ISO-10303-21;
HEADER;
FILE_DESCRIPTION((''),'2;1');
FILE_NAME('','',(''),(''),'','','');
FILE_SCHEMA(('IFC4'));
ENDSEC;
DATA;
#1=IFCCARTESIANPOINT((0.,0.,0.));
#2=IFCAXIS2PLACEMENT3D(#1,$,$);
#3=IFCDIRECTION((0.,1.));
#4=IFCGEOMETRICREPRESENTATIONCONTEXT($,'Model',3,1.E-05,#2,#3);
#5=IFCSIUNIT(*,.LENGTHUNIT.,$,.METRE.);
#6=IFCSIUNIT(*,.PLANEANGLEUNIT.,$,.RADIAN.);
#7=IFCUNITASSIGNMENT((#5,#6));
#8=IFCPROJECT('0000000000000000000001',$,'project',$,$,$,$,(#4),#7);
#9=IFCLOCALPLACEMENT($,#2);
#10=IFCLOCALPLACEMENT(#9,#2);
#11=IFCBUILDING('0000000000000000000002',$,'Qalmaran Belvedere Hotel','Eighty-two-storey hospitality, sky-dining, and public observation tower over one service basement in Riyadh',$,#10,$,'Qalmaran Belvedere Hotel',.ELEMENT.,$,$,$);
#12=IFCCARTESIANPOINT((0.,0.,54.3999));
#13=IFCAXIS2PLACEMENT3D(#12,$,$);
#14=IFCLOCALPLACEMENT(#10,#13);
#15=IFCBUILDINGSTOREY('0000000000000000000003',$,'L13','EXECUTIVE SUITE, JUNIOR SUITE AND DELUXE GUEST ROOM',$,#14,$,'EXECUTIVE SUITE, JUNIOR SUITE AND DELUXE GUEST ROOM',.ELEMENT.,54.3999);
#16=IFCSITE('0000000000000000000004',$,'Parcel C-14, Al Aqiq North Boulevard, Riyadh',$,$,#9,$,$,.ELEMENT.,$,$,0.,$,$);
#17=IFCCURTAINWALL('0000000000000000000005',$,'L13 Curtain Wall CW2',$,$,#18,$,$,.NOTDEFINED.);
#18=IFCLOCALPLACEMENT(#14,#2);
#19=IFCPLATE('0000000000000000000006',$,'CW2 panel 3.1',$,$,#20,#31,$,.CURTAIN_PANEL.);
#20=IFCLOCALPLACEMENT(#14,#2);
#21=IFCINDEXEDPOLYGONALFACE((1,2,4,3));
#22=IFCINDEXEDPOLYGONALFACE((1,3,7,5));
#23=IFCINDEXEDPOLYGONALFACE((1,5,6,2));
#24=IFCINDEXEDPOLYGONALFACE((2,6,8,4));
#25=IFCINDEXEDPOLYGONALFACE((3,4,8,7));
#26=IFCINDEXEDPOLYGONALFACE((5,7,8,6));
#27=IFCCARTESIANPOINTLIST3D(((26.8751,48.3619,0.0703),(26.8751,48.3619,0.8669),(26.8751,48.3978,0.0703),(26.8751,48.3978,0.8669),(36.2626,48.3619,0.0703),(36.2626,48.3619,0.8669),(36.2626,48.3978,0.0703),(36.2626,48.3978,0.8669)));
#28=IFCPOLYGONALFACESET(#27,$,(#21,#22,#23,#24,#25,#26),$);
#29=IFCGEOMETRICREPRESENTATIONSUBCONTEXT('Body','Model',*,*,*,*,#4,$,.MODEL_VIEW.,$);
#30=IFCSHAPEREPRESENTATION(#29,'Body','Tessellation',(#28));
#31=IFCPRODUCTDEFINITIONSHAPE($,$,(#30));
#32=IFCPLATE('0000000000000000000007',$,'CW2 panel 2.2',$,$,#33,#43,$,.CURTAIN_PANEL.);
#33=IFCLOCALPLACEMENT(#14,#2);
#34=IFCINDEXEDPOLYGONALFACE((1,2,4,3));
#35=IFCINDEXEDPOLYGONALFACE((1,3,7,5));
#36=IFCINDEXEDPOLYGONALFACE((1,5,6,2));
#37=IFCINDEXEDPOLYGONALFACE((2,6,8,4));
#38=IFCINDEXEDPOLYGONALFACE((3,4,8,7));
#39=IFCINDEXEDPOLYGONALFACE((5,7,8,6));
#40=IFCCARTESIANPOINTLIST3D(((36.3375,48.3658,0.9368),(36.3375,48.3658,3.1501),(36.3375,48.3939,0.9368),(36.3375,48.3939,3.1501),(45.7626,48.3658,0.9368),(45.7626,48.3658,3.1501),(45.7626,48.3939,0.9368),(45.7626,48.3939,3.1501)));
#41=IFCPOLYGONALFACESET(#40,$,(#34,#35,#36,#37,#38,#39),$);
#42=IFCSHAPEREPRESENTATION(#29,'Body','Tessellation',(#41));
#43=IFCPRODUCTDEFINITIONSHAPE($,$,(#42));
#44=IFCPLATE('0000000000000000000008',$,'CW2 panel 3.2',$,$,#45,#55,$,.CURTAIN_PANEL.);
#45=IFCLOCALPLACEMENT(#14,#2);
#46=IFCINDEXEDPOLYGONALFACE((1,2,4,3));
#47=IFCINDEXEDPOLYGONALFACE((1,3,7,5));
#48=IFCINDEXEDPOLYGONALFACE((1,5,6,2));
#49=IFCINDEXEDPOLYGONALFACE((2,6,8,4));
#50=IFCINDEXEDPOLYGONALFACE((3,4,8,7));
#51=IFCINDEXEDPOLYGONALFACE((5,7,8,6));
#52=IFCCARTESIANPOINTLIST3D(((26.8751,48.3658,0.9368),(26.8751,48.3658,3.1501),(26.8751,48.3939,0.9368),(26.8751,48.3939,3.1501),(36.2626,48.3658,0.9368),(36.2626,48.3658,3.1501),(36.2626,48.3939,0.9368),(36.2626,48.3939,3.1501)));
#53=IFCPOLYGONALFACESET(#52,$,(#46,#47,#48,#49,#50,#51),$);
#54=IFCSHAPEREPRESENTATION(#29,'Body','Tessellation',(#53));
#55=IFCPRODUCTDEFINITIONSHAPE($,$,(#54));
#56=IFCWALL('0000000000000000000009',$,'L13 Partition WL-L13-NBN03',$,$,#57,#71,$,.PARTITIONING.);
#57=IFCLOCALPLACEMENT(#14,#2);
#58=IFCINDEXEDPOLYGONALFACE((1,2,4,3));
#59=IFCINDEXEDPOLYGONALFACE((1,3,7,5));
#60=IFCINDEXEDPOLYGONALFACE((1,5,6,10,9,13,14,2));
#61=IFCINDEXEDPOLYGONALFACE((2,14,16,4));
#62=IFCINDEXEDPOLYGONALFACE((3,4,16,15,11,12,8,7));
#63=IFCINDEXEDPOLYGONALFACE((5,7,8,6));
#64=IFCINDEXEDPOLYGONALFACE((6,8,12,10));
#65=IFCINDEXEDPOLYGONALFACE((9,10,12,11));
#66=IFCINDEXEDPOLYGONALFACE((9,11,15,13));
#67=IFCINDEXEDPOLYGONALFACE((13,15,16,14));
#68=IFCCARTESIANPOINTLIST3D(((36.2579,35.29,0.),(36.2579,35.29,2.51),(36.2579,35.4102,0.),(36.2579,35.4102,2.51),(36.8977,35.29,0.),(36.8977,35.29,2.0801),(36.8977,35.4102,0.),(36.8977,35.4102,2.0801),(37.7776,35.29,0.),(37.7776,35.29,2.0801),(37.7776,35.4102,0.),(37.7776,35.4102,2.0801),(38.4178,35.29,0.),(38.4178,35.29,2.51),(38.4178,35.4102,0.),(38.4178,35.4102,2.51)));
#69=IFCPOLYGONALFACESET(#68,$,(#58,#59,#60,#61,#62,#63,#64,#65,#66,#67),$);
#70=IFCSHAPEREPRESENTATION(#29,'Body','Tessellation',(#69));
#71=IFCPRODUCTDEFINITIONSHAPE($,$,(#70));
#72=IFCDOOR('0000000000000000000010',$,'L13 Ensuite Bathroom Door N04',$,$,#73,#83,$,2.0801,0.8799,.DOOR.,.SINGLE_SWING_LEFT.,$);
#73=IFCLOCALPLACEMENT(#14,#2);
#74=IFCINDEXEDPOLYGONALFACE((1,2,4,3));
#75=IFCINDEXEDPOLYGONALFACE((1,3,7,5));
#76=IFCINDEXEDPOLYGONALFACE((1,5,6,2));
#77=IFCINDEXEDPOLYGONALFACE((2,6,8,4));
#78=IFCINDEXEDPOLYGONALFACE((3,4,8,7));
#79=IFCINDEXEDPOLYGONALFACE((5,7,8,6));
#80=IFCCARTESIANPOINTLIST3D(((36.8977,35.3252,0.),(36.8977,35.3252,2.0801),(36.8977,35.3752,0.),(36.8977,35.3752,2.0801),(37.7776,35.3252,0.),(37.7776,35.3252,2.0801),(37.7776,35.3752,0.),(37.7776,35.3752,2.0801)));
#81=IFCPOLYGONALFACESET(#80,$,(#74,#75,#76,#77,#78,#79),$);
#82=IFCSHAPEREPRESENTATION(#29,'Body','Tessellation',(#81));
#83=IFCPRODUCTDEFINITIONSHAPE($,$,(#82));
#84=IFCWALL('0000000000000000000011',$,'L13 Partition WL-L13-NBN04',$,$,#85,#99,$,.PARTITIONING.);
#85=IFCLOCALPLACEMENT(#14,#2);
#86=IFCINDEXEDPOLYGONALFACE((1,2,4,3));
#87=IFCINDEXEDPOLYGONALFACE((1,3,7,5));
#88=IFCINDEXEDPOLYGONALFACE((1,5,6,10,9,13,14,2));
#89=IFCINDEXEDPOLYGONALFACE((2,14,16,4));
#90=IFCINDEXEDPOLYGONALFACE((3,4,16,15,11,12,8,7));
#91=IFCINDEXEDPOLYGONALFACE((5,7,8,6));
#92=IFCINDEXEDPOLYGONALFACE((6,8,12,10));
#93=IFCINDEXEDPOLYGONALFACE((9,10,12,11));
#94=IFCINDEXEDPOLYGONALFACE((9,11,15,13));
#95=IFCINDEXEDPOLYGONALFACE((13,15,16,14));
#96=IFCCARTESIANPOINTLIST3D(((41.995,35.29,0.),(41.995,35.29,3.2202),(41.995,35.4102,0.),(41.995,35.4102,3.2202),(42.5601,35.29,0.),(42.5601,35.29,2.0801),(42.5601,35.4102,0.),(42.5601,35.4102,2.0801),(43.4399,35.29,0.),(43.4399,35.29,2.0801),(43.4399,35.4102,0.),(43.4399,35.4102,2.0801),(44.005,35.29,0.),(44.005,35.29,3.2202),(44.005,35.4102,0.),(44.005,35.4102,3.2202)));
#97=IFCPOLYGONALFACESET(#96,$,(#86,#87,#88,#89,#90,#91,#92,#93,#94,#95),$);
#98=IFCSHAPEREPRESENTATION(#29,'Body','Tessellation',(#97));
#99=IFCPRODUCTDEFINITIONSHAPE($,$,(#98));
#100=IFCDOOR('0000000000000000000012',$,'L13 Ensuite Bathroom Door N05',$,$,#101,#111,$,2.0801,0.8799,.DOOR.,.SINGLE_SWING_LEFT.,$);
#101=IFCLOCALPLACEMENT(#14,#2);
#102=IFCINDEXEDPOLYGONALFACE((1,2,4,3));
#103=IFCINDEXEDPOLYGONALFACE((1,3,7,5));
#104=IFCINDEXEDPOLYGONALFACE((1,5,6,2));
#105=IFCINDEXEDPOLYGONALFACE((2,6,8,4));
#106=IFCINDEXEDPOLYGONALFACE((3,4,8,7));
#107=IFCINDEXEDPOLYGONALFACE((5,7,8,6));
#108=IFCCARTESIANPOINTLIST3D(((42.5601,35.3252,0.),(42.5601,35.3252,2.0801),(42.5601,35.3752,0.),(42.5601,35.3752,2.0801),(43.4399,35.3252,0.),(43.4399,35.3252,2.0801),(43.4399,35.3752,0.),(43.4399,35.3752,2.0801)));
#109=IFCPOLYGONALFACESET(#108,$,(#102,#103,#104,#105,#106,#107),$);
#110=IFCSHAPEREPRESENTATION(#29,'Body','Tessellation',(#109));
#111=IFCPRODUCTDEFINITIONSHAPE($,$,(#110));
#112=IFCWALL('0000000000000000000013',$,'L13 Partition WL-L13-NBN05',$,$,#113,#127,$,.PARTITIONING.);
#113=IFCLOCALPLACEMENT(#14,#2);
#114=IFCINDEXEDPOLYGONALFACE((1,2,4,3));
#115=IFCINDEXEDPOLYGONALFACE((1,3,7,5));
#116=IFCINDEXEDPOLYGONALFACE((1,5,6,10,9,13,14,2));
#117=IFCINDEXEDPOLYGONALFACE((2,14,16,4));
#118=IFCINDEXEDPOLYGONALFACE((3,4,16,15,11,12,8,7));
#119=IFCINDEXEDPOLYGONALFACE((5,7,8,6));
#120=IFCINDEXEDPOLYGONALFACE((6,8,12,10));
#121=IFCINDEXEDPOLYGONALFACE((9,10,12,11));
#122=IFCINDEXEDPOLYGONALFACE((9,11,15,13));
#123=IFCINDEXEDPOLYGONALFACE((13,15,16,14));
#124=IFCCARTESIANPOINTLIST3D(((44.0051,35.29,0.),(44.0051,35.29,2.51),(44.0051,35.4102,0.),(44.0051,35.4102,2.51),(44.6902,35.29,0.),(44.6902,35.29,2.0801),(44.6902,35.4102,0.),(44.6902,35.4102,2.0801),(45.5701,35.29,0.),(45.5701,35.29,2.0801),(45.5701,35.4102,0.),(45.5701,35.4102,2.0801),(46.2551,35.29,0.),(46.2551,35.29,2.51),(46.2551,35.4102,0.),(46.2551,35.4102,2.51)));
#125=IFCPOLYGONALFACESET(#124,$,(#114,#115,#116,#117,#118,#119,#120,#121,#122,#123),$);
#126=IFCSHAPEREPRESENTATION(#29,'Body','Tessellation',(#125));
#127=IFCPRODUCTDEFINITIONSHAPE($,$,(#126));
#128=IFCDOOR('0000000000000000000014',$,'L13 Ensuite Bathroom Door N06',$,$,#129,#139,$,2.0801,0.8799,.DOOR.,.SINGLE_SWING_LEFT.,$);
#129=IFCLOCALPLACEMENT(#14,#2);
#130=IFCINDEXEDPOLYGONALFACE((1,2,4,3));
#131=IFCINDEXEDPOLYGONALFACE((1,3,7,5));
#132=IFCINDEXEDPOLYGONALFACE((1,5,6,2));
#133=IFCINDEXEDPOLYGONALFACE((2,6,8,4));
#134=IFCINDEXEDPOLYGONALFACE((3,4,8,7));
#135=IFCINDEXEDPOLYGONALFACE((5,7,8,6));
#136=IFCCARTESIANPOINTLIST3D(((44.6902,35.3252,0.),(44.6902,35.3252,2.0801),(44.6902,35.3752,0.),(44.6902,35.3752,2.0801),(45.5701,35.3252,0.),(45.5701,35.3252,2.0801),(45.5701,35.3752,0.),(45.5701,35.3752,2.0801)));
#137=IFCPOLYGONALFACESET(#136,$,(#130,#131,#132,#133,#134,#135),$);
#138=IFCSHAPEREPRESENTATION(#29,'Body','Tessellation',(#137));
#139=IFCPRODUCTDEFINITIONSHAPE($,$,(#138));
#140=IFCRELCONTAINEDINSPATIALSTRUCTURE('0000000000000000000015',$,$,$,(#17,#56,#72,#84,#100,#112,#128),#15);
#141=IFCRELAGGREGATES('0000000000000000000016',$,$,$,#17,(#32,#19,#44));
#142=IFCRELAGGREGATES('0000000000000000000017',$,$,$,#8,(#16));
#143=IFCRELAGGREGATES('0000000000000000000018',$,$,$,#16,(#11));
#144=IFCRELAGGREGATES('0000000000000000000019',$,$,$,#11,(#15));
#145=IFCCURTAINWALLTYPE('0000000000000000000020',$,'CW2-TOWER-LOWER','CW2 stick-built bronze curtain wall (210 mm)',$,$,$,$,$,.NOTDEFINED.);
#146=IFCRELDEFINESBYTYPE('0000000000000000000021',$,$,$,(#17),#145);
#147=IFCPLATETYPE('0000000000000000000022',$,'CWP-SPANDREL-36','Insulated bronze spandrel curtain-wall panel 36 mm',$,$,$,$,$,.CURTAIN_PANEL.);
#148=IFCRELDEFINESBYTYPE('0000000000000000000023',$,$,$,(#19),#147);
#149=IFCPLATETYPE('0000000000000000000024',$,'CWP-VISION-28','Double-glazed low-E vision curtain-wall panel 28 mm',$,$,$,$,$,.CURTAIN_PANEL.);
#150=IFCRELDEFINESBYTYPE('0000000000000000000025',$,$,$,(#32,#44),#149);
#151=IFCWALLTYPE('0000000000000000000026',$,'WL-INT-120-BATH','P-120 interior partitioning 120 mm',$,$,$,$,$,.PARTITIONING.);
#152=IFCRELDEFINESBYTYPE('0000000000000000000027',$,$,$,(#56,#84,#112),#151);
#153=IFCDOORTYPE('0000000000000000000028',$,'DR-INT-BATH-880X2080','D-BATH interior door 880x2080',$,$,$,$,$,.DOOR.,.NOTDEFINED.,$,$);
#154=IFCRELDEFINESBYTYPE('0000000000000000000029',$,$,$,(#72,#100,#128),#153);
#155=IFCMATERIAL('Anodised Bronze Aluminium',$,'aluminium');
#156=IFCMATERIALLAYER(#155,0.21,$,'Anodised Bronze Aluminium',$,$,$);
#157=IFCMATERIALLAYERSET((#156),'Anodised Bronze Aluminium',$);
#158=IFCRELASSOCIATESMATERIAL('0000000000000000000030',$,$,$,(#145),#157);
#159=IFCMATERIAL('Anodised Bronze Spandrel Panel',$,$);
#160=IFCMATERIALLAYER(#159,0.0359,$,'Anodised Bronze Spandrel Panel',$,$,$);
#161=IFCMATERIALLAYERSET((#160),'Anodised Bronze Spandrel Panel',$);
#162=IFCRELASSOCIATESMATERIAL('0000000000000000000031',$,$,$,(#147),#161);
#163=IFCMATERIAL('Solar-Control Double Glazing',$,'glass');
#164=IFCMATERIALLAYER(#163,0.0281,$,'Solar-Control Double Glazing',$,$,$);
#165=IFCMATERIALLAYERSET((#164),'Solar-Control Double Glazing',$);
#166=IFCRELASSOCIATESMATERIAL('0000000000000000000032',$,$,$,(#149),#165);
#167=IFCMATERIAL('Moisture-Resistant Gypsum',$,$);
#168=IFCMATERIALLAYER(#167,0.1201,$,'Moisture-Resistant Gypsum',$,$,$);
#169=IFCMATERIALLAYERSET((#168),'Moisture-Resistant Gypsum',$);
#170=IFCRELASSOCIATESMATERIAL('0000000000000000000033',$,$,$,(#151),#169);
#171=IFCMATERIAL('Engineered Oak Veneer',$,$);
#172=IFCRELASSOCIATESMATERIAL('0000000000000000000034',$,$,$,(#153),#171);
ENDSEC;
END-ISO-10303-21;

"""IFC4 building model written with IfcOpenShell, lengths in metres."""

from ifc_helpers import new_model, si_unit, direction, frame, frame_2d, origin, origin_2d, place, context, subcontext, project, spatial, rectangle, extrude, material, layer, layer_set, type_object, element, fill, aggregate, save


model = new_model("IFC4")

# Units and contexts
model_context = context("Model", 3, precision=1e-05, world=origin(), true_north=direction((0.0, 1.0)))
body_context = subcontext(model_context, "Body", "Model", "MODEL_VIEW")
ifc_project = project(units=[si_unit("LENGTHUNIT", "METRE"), si_unit("PLANEANGLEUNIT", "RADIAN")], contexts=[model_context])

# Site, building, storey
site_placement = place(None, origin())
site = spatial("IfcSite", under=ifc_project, at=site_placement, Name="Parcel C-14, Al Aqiq North Boulevard, Riyadh", CompositionType="ELEMENT", RefElevation=0.0)
building_placement = place(site_placement, origin())
building = spatial("IfcBuilding", under=site, at=building_placement, Name="Qalmaran Belvedere Hotel", Description="Eighty-two-storey hospitality, sky-dining, and public observation tower over one service basement in Riyadh", LongName="Qalmaran Belvedere Hotel", CompositionType="ELEMENT")
storey_placement = place(building_placement, frame((0.0, 0.0, 54.3999)))
storey = spatial("IfcBuildingStorey", under=building, at=storey_placement, Name="L13", Description="EXECUTIVE SUITE, JUNIOR SUITE AND DELUXE GUEST ROOM", LongName="EXECUTIVE SUITE, JUNIOR SUITE AND DELUXE GUEST ROOM", CompositionType="ELEMENT", Elevation=54.3999)

# Curtain wall, plates
ifc_material_1 = material(Name="Anodised Bronze Aluminium", Category="aluminium")
ifc_layer_1 = layer(ifc_material_1, 0.21, Name="Anodised Bronze Aluminium")
ifc_layer_set_1 = layer_set([ifc_layer_1], Name="Anodised Bronze Aluminium")
curtain_wall_type = type_object("IfcCurtainWallType", Name="CW2-TOWER-LOWER", Description="CW2 stick-built bronze curtain wall (210 mm)", PredefinedType="NOTDEFINED", material=ifc_layer_set_1)
curtain_wall_placement = place(storey_placement, origin())
curtain_wall = element("IfcCurtainWall", 1, at=curtain_wall_placement, inside=storey, type_object=curtain_wall_type, Name="L13 Curtain Wall CW2", PredefinedType="NOTDEFINED")
ifc_material_2 = material(Name="Anodised Bronze Spandrel Panel")
ifc_layer_2 = layer(ifc_material_2, 0.0359, Name="Anodised Bronze Spandrel Panel")
ifc_layer_set_2 = layer_set([ifc_layer_2], Name="Anodised Bronze Spandrel Panel")
plate_type_1 = type_object("IfcPlateType", Name="CWP-SPANDREL-36", Description="Insulated bronze spandrel curtain-wall panel 36 mm", PredefinedType="CURTAIN_PANEL", material=ifc_layer_set_2)
plate_1_placement = place(storey_placement, frame((31.5688, 48.3799, 0.0703), z_axis=(0.0, 0.0, 1.0), x_axis=(-1.0, 0.0, 0.0)))
plate_1 = element("IfcPlate", 2, at=plate_1_placement, type_object=plate_type_1, Name="CW2 panel 3.1", PredefinedType="CURTAIN_PANEL", context=body_context, shape_type="SweptSolid", body=[
    extrude(rectangle(XDim=9.3875, YDim=0.0359, at=origin_2d()), origin(), (0.0, 0.0, 1.0), 0.7966),
])
ifc_material_3 = material(Name="Solar-Control Double Glazing", Category="glass")
ifc_layer_3 = layer(ifc_material_3, 0.0281, Name="Solar-Control Double Glazing")
ifc_layer_set_3 = layer_set([ifc_layer_3], Name="Solar-Control Double Glazing")
plate_type_2 = type_object("IfcPlateType", Name="CWP-VISION-28", Description="Double-glazed low-E vision curtain-wall panel 28 mm", PredefinedType="CURTAIN_PANEL", material=ifc_layer_set_3)
plate_2_placement = place(storey_placement, frame((41.05, 48.3799, 0.9368), z_axis=(0.0, 0.0, 1.0), x_axis=(-1.0, 0.0, 0.0)))
plate_2 = element("IfcPlate", 3, at=plate_2_placement, type_object=plate_type_2, Name="CW2 panel 2.2", PredefinedType="CURTAIN_PANEL", context=body_context, shape_type="SweptSolid", body=[
    extrude(rectangle(XDim=9.425, YDim=0.0281, at=origin_2d()), origin(), (0.0, 0.0, 1.0), 2.2134),
])
plate_3_placement = place(storey_placement, frame((31.5688, 48.3799, 0.9368), z_axis=(0.0, 0.0, 1.0), x_axis=(-1.0, 0.0, 0.0)))
plate_3 = element("IfcPlate", 4, at=plate_3_placement, type_object=plate_type_2, Name="CW2 panel 3.2", PredefinedType="CURTAIN_PANEL", context=body_context, shape_type="SweptSolid", body=[
    extrude(rectangle(XDim=9.3875, YDim=0.0281, at=origin_2d()), origin(), (0.0, 0.0, 1.0), 2.2134),
])
aggregate(curtain_wall, [plate_2, plate_1, plate_3])

# Walls, openings, doors
ifc_material_4 = material(Name="Moisture-Resistant Gypsum")
ifc_layer_4 = layer(ifc_material_4, 0.1201, Name="Moisture-Resistant Gypsum")
ifc_layer_set_4 = layer_set([ifc_layer_4], Name="Moisture-Resistant Gypsum")
wall_type = type_object("IfcWallType", Name="WL-INT-120-BATH", Description="P-120 interior partitioning 120 mm", PredefinedType="PARTITIONING", material=ifc_layer_set_4)
wall_1_placement = place(storey_placement, frame((36.2578, 35.3501, 0.0), z_axis=(0.0, 0.0, 1.0), x_axis=(1.0, 0.0, 0.0)))
wall_1 = element("IfcWall", 5, at=wall_1_placement, inside=storey, type_object=wall_type, Name="L13 Partition WL-L13-NBN03", PredefinedType="PARTITIONING", context=body_context, shape_type="SweptSolid", body=[
    extrude(rectangle(XDim=2.1599, YDim=0.1201, at=frame_2d((1.0801, 0.0))), origin(), (0.0, 0.0, 1.0), 2.51),
])
opening_1_placement = place(wall_1_placement, frame((1.5198, 0.0, 0.0), z_axis=(0.0, 0.0, 1.0), x_axis=(-1.0, 0.0, 0.0)))
opening_1 = element("IfcOpeningElement", 6, at=opening_1_placement, cuts=wall_1, PredefinedType="OPENING", context=body_context, shape_type="SweptSolid", body=[
    extrude(rectangle(XDim=0.8799, YDim=2.0801, at=frame_2d((0.4399, 1.04))), frame((0.0, 0.0701, 0.0), z_axis=(0.0, -1.0, 0.0), x_axis=(1.0, 0.0, 0.0)), (0.0, 0.0, 1.0), 0.1401),
])
ifc_material_5 = material(Name="Engineered Oak Veneer")
door_type = type_object("IfcDoorType", Name="DR-INT-BATH-880X2080", Description="D-BATH interior door 880x2080", OperationType="NOTDEFINED", PredefinedType="DOOR", material=ifc_material_5)
door_1_placement = place(opening_1_placement, origin())
door_1 = element("IfcDoor", 7, at=door_1_placement, inside=storey, type_object=door_type, Name="L13 Ensuite Bathroom Door N04", OperationType="SINGLE_SWING_LEFT", OverallHeight=2.0801, OverallWidth=0.8799, PredefinedType="DOOR", context=body_context, shape_type="SweptSolid", body=[
    extrude(rectangle(XDim=0.8799, YDim=2.0801, at=frame_2d((0.4399, 1.04))), frame((0.0, 0.0249, 0.0), z_axis=(0.0, -1.0, 0.0), x_axis=(1.0, 0.0, 0.0)), (0.0, 0.0, 1.0), 0.05),
])
fill(opening_1, door_1)
wall_2_placement = place(storey_placement, frame((41.9951, 35.3501, 0.0), z_axis=(0.0, 0.0, 1.0), x_axis=(1.0, 0.0, 0.0)))
wall_2 = element("IfcWall", 8, at=wall_2_placement, inside=storey, type_object=wall_type, Name="L13 Partition WL-L13-NBN04", PredefinedType="PARTITIONING", context=body_context, shape_type="SweptSolid", body=[
    extrude(rectangle(XDim=2.01, YDim=0.1201, at=frame_2d((1.0049, 0.0))), origin(), (0.0, 0.0, 1.0), 3.2202),
])
opening_2_placement = place(wall_2_placement, frame((1.4448, 0.0, 0.0), z_axis=(0.0, 0.0, 1.0), x_axis=(-1.0, 0.0, 0.0)))
opening_2 = element("IfcOpeningElement", 9, at=opening_2_placement, cuts=wall_2, PredefinedType="OPENING", context=body_context, shape_type="SweptSolid", body=[
    extrude(rectangle(XDim=0.8799, YDim=2.0801, at=frame_2d((0.4399, 1.04))), frame((0.0, 0.0701, 0.0), z_axis=(0.0, -1.0, 0.0), x_axis=(1.0, 0.0, 0.0)), (0.0, 0.0, 1.0), 0.1401),
])
door_2_placement = place(opening_2_placement, origin())
door_2 = element("IfcDoor", 10, at=door_2_placement, inside=storey, type_object=door_type, Name="L13 Ensuite Bathroom Door N05", OperationType="SINGLE_SWING_LEFT", OverallHeight=2.0801, OverallWidth=0.8799, PredefinedType="DOOR", context=body_context, shape_type="SweptSolid", body=[
    extrude(rectangle(XDim=0.8799, YDim=2.0801, at=frame_2d((0.4399, 1.04))), frame((0.0, 0.0249, 0.0), z_axis=(0.0, -1.0, 0.0), x_axis=(1.0, 0.0, 0.0)), (0.0, 0.0, 1.0), 0.05),
])
fill(opening_2, door_2)
wall_3_placement = place(storey_placement, frame((44.0051, 35.3501, 0.0), z_axis=(0.0, 0.0, 1.0), x_axis=(1.0, 0.0, 0.0)))
wall_3 = element("IfcWall", 11, at=wall_3_placement, inside=storey, type_object=wall_type, Name="L13 Partition WL-L13-NBN05", PredefinedType="PARTITIONING", context=body_context, shape_type="SweptSolid", body=[
    extrude(rectangle(XDim=2.25, YDim=0.1201, at=frame_2d((1.125, 0.0))), origin(), (0.0, 0.0, 1.0), 2.51),
])
opening_3_placement = place(wall_3_placement, frame((1.5649, 0.0, 0.0), z_axis=(0.0, 0.0, 1.0), x_axis=(-1.0, 0.0, 0.0)))
opening_3 = element("IfcOpeningElement", 12, at=opening_3_placement, cuts=wall_3, PredefinedType="OPENING", context=body_context, shape_type="SweptSolid", body=[
    extrude(rectangle(XDim=0.8799, YDim=2.0801, at=frame_2d((0.4399, 1.04))), frame((0.0, 0.0701, 0.0), z_axis=(0.0, -1.0, 0.0), x_axis=(1.0, 0.0, 0.0)), (0.0, 0.0, 1.0), 0.1401),
])
door_3_placement = place(opening_3_placement, origin())
door_3 = element("IfcDoor", 13, at=door_3_placement, inside=storey, type_object=door_type, Name="L13 Ensuite Bathroom Door N06", OperationType="SINGLE_SWING_LEFT", OverallHeight=2.0801, OverallWidth=0.8799, PredefinedType="DOOR", context=body_context, shape_type="SweptSolid", body=[
    extrude(rectangle(XDim=0.8799, YDim=2.0801, at=frame_2d((0.4399, 1.04))), frame((0.0, 0.0249, 0.0), z_axis=(0.0, -1.0, 0.0), x_axis=(1.0, 0.0, 0.0)), (0.0, 0.0, 1.0), 0.05),
])
fill(opening_3, door_3)

save(model, "model.ifc")
